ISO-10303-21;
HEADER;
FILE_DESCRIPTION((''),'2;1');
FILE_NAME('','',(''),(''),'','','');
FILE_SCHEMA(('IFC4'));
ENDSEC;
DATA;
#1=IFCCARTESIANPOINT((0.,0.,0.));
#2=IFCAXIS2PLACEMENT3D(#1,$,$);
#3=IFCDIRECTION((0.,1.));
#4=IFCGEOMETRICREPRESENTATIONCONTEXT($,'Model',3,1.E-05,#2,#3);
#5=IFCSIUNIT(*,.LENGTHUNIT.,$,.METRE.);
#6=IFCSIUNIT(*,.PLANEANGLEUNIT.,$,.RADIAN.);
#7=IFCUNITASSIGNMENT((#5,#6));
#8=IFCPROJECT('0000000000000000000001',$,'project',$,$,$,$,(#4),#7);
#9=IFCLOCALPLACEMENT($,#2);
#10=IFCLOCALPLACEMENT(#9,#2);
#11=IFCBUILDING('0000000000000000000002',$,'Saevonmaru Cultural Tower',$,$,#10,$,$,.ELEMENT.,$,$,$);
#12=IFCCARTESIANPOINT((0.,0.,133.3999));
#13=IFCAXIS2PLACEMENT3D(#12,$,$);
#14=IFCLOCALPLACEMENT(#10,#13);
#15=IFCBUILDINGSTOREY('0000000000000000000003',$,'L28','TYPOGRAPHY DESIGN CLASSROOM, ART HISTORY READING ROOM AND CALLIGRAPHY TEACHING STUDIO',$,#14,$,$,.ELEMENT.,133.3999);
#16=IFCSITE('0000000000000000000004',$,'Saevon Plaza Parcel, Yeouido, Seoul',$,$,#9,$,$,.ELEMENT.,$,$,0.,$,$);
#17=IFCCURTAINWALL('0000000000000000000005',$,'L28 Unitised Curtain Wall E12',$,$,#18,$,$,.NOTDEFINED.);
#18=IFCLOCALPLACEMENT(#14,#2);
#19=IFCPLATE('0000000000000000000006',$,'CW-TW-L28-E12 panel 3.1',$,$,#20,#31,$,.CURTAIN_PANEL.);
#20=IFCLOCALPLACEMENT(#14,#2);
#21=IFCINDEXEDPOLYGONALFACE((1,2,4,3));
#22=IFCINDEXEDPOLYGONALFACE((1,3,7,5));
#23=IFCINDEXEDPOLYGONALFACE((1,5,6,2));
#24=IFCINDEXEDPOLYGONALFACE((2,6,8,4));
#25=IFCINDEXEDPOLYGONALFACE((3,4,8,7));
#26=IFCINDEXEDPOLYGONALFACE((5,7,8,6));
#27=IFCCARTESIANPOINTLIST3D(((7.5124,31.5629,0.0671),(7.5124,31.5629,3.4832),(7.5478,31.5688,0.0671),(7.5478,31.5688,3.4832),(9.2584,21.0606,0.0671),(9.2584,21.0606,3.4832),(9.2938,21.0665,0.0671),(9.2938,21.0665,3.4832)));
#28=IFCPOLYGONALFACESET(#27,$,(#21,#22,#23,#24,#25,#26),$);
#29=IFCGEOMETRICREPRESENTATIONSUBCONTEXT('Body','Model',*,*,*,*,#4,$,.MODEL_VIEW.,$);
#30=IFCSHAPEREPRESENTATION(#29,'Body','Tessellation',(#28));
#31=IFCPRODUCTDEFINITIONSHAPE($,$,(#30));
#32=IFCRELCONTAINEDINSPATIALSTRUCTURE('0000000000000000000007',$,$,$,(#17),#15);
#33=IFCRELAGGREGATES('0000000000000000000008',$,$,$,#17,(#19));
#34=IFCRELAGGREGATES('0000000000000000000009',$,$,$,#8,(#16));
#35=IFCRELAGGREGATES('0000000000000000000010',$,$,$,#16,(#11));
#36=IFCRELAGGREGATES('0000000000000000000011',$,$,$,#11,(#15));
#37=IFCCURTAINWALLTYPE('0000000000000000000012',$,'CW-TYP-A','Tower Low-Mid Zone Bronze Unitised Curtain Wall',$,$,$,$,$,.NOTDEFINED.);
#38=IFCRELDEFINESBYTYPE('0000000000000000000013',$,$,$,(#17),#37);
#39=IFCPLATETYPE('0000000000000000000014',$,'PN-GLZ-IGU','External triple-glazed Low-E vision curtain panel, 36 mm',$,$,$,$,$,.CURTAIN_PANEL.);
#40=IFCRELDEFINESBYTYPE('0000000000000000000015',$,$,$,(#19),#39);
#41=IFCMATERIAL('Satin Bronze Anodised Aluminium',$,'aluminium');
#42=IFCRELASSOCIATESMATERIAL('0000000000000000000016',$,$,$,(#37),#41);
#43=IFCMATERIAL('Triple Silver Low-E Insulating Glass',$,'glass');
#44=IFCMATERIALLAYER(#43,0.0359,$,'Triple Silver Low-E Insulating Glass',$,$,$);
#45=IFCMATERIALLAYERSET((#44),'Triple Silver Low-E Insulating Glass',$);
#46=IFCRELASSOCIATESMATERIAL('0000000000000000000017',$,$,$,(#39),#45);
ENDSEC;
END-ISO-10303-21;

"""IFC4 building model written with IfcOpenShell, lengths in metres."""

from ifc_helpers import new_model, si_unit, direction, frame, origin, origin_2d, place, context, subcontext, project, spatial, rectangle, extrude, material, layer, layer_set, type_object, element, aggregate, save


model = new_model("IFC4")

# Units and contexts
model_context = context("Model", 3, precision=1e-05, world=origin(), true_north=direction((0.0, 1.0)))
body_context = subcontext(model_context, "Body", "Model", "MODEL_VIEW")
ifc_project = project(units=[si_unit("LENGTHUNIT", "METRE"), si_unit("PLANEANGLEUNIT", "RADIAN")], contexts=[model_context])

# Site, building, storey
site_placement = place(None, origin())
site = spatial("IfcSite", under=ifc_project, at=site_placement, Name="Saevon Plaza Parcel, Yeouido, Seoul", CompositionType="ELEMENT", RefElevation=0.0)
building_placement = place(site_placement, origin())
building = spatial("IfcBuilding", under=site, at=building_placement, Name="Saevonmaru Cultural Tower", CompositionType="ELEMENT")
storey_placement = place(building_placement, frame((0.0, 0.0, 133.3999)))
storey = spatial("IfcBuildingStorey", under=building, at=storey_placement, Name="L28", Description="TYPOGRAPHY DESIGN CLASSROOM, ART HISTORY READING ROOM AND CALLIGRAPHY TEACHING STUDIO", CompositionType="ELEMENT", Elevation=133.3999)

# Curtain wall
ifc_material_1 = material(Name="Satin Bronze Anodised Aluminium", Category="aluminium")
curtain_wall_type_1 = type_object("IfcCurtainWallType", Name="CW-TYP-A", Description="Tower Low-Mid Zone Bronze Unitised Curtain Wall", PredefinedType="NOTDEFINED", material=ifc_material_1)
curtain_wall_1_placement = place(storey_placement, origin())
curtain_wall_1 = element("IfcCurtainWall", 1, at=curtain_wall_1_placement, inside=storey, type_object=curtain_wall_type_1, Name="L28 Unitised Curtain Wall E12", PredefinedType="NOTDEFINED")

# Plate
ifc_material_2 = material(Name="Triple Silver Low-E Insulating Glass", Category="glass")
ifc_layer_1 = layer(ifc_material_2, 0.0359, Name="Triple Silver Low-E Insulating Glass")
ifc_layer_set_1 = layer_set([ifc_layer_1], Name="Triple Silver Low-E Insulating Glass")
plate_type_1 = type_object("IfcPlateType", Name="PN-GLZ-IGU", Description="External triple-glazed Low-E vision curtain panel, 36 mm", PredefinedType="CURTAIN_PANEL", material=ifc_layer_set_1)
plate_1_placement = place(storey_placement, frame((8.4031, 26.3147, 0.0671), z_axis=(0.0, 0.0, 1.0), x_axis=(0.163999, -0.986461, 0.0)))
plate_1 = element("IfcPlate", 2, at=plate_1_placement, type_object=plate_type_1, Name="CW-TW-L28-E12 panel 3.1", PredefinedType="CURTAIN_PANEL", context=body_context, shape_type="SweptSolid", body=[
    extrude(rectangle(XDim=10.6465, YDim=0.0359, at=origin_2d()), origin(), (0.0, 0.0, 1.0), 3.416),
])
aggregate(curtain_wall_1, [plate_1])

save(model, "model.ifc")
